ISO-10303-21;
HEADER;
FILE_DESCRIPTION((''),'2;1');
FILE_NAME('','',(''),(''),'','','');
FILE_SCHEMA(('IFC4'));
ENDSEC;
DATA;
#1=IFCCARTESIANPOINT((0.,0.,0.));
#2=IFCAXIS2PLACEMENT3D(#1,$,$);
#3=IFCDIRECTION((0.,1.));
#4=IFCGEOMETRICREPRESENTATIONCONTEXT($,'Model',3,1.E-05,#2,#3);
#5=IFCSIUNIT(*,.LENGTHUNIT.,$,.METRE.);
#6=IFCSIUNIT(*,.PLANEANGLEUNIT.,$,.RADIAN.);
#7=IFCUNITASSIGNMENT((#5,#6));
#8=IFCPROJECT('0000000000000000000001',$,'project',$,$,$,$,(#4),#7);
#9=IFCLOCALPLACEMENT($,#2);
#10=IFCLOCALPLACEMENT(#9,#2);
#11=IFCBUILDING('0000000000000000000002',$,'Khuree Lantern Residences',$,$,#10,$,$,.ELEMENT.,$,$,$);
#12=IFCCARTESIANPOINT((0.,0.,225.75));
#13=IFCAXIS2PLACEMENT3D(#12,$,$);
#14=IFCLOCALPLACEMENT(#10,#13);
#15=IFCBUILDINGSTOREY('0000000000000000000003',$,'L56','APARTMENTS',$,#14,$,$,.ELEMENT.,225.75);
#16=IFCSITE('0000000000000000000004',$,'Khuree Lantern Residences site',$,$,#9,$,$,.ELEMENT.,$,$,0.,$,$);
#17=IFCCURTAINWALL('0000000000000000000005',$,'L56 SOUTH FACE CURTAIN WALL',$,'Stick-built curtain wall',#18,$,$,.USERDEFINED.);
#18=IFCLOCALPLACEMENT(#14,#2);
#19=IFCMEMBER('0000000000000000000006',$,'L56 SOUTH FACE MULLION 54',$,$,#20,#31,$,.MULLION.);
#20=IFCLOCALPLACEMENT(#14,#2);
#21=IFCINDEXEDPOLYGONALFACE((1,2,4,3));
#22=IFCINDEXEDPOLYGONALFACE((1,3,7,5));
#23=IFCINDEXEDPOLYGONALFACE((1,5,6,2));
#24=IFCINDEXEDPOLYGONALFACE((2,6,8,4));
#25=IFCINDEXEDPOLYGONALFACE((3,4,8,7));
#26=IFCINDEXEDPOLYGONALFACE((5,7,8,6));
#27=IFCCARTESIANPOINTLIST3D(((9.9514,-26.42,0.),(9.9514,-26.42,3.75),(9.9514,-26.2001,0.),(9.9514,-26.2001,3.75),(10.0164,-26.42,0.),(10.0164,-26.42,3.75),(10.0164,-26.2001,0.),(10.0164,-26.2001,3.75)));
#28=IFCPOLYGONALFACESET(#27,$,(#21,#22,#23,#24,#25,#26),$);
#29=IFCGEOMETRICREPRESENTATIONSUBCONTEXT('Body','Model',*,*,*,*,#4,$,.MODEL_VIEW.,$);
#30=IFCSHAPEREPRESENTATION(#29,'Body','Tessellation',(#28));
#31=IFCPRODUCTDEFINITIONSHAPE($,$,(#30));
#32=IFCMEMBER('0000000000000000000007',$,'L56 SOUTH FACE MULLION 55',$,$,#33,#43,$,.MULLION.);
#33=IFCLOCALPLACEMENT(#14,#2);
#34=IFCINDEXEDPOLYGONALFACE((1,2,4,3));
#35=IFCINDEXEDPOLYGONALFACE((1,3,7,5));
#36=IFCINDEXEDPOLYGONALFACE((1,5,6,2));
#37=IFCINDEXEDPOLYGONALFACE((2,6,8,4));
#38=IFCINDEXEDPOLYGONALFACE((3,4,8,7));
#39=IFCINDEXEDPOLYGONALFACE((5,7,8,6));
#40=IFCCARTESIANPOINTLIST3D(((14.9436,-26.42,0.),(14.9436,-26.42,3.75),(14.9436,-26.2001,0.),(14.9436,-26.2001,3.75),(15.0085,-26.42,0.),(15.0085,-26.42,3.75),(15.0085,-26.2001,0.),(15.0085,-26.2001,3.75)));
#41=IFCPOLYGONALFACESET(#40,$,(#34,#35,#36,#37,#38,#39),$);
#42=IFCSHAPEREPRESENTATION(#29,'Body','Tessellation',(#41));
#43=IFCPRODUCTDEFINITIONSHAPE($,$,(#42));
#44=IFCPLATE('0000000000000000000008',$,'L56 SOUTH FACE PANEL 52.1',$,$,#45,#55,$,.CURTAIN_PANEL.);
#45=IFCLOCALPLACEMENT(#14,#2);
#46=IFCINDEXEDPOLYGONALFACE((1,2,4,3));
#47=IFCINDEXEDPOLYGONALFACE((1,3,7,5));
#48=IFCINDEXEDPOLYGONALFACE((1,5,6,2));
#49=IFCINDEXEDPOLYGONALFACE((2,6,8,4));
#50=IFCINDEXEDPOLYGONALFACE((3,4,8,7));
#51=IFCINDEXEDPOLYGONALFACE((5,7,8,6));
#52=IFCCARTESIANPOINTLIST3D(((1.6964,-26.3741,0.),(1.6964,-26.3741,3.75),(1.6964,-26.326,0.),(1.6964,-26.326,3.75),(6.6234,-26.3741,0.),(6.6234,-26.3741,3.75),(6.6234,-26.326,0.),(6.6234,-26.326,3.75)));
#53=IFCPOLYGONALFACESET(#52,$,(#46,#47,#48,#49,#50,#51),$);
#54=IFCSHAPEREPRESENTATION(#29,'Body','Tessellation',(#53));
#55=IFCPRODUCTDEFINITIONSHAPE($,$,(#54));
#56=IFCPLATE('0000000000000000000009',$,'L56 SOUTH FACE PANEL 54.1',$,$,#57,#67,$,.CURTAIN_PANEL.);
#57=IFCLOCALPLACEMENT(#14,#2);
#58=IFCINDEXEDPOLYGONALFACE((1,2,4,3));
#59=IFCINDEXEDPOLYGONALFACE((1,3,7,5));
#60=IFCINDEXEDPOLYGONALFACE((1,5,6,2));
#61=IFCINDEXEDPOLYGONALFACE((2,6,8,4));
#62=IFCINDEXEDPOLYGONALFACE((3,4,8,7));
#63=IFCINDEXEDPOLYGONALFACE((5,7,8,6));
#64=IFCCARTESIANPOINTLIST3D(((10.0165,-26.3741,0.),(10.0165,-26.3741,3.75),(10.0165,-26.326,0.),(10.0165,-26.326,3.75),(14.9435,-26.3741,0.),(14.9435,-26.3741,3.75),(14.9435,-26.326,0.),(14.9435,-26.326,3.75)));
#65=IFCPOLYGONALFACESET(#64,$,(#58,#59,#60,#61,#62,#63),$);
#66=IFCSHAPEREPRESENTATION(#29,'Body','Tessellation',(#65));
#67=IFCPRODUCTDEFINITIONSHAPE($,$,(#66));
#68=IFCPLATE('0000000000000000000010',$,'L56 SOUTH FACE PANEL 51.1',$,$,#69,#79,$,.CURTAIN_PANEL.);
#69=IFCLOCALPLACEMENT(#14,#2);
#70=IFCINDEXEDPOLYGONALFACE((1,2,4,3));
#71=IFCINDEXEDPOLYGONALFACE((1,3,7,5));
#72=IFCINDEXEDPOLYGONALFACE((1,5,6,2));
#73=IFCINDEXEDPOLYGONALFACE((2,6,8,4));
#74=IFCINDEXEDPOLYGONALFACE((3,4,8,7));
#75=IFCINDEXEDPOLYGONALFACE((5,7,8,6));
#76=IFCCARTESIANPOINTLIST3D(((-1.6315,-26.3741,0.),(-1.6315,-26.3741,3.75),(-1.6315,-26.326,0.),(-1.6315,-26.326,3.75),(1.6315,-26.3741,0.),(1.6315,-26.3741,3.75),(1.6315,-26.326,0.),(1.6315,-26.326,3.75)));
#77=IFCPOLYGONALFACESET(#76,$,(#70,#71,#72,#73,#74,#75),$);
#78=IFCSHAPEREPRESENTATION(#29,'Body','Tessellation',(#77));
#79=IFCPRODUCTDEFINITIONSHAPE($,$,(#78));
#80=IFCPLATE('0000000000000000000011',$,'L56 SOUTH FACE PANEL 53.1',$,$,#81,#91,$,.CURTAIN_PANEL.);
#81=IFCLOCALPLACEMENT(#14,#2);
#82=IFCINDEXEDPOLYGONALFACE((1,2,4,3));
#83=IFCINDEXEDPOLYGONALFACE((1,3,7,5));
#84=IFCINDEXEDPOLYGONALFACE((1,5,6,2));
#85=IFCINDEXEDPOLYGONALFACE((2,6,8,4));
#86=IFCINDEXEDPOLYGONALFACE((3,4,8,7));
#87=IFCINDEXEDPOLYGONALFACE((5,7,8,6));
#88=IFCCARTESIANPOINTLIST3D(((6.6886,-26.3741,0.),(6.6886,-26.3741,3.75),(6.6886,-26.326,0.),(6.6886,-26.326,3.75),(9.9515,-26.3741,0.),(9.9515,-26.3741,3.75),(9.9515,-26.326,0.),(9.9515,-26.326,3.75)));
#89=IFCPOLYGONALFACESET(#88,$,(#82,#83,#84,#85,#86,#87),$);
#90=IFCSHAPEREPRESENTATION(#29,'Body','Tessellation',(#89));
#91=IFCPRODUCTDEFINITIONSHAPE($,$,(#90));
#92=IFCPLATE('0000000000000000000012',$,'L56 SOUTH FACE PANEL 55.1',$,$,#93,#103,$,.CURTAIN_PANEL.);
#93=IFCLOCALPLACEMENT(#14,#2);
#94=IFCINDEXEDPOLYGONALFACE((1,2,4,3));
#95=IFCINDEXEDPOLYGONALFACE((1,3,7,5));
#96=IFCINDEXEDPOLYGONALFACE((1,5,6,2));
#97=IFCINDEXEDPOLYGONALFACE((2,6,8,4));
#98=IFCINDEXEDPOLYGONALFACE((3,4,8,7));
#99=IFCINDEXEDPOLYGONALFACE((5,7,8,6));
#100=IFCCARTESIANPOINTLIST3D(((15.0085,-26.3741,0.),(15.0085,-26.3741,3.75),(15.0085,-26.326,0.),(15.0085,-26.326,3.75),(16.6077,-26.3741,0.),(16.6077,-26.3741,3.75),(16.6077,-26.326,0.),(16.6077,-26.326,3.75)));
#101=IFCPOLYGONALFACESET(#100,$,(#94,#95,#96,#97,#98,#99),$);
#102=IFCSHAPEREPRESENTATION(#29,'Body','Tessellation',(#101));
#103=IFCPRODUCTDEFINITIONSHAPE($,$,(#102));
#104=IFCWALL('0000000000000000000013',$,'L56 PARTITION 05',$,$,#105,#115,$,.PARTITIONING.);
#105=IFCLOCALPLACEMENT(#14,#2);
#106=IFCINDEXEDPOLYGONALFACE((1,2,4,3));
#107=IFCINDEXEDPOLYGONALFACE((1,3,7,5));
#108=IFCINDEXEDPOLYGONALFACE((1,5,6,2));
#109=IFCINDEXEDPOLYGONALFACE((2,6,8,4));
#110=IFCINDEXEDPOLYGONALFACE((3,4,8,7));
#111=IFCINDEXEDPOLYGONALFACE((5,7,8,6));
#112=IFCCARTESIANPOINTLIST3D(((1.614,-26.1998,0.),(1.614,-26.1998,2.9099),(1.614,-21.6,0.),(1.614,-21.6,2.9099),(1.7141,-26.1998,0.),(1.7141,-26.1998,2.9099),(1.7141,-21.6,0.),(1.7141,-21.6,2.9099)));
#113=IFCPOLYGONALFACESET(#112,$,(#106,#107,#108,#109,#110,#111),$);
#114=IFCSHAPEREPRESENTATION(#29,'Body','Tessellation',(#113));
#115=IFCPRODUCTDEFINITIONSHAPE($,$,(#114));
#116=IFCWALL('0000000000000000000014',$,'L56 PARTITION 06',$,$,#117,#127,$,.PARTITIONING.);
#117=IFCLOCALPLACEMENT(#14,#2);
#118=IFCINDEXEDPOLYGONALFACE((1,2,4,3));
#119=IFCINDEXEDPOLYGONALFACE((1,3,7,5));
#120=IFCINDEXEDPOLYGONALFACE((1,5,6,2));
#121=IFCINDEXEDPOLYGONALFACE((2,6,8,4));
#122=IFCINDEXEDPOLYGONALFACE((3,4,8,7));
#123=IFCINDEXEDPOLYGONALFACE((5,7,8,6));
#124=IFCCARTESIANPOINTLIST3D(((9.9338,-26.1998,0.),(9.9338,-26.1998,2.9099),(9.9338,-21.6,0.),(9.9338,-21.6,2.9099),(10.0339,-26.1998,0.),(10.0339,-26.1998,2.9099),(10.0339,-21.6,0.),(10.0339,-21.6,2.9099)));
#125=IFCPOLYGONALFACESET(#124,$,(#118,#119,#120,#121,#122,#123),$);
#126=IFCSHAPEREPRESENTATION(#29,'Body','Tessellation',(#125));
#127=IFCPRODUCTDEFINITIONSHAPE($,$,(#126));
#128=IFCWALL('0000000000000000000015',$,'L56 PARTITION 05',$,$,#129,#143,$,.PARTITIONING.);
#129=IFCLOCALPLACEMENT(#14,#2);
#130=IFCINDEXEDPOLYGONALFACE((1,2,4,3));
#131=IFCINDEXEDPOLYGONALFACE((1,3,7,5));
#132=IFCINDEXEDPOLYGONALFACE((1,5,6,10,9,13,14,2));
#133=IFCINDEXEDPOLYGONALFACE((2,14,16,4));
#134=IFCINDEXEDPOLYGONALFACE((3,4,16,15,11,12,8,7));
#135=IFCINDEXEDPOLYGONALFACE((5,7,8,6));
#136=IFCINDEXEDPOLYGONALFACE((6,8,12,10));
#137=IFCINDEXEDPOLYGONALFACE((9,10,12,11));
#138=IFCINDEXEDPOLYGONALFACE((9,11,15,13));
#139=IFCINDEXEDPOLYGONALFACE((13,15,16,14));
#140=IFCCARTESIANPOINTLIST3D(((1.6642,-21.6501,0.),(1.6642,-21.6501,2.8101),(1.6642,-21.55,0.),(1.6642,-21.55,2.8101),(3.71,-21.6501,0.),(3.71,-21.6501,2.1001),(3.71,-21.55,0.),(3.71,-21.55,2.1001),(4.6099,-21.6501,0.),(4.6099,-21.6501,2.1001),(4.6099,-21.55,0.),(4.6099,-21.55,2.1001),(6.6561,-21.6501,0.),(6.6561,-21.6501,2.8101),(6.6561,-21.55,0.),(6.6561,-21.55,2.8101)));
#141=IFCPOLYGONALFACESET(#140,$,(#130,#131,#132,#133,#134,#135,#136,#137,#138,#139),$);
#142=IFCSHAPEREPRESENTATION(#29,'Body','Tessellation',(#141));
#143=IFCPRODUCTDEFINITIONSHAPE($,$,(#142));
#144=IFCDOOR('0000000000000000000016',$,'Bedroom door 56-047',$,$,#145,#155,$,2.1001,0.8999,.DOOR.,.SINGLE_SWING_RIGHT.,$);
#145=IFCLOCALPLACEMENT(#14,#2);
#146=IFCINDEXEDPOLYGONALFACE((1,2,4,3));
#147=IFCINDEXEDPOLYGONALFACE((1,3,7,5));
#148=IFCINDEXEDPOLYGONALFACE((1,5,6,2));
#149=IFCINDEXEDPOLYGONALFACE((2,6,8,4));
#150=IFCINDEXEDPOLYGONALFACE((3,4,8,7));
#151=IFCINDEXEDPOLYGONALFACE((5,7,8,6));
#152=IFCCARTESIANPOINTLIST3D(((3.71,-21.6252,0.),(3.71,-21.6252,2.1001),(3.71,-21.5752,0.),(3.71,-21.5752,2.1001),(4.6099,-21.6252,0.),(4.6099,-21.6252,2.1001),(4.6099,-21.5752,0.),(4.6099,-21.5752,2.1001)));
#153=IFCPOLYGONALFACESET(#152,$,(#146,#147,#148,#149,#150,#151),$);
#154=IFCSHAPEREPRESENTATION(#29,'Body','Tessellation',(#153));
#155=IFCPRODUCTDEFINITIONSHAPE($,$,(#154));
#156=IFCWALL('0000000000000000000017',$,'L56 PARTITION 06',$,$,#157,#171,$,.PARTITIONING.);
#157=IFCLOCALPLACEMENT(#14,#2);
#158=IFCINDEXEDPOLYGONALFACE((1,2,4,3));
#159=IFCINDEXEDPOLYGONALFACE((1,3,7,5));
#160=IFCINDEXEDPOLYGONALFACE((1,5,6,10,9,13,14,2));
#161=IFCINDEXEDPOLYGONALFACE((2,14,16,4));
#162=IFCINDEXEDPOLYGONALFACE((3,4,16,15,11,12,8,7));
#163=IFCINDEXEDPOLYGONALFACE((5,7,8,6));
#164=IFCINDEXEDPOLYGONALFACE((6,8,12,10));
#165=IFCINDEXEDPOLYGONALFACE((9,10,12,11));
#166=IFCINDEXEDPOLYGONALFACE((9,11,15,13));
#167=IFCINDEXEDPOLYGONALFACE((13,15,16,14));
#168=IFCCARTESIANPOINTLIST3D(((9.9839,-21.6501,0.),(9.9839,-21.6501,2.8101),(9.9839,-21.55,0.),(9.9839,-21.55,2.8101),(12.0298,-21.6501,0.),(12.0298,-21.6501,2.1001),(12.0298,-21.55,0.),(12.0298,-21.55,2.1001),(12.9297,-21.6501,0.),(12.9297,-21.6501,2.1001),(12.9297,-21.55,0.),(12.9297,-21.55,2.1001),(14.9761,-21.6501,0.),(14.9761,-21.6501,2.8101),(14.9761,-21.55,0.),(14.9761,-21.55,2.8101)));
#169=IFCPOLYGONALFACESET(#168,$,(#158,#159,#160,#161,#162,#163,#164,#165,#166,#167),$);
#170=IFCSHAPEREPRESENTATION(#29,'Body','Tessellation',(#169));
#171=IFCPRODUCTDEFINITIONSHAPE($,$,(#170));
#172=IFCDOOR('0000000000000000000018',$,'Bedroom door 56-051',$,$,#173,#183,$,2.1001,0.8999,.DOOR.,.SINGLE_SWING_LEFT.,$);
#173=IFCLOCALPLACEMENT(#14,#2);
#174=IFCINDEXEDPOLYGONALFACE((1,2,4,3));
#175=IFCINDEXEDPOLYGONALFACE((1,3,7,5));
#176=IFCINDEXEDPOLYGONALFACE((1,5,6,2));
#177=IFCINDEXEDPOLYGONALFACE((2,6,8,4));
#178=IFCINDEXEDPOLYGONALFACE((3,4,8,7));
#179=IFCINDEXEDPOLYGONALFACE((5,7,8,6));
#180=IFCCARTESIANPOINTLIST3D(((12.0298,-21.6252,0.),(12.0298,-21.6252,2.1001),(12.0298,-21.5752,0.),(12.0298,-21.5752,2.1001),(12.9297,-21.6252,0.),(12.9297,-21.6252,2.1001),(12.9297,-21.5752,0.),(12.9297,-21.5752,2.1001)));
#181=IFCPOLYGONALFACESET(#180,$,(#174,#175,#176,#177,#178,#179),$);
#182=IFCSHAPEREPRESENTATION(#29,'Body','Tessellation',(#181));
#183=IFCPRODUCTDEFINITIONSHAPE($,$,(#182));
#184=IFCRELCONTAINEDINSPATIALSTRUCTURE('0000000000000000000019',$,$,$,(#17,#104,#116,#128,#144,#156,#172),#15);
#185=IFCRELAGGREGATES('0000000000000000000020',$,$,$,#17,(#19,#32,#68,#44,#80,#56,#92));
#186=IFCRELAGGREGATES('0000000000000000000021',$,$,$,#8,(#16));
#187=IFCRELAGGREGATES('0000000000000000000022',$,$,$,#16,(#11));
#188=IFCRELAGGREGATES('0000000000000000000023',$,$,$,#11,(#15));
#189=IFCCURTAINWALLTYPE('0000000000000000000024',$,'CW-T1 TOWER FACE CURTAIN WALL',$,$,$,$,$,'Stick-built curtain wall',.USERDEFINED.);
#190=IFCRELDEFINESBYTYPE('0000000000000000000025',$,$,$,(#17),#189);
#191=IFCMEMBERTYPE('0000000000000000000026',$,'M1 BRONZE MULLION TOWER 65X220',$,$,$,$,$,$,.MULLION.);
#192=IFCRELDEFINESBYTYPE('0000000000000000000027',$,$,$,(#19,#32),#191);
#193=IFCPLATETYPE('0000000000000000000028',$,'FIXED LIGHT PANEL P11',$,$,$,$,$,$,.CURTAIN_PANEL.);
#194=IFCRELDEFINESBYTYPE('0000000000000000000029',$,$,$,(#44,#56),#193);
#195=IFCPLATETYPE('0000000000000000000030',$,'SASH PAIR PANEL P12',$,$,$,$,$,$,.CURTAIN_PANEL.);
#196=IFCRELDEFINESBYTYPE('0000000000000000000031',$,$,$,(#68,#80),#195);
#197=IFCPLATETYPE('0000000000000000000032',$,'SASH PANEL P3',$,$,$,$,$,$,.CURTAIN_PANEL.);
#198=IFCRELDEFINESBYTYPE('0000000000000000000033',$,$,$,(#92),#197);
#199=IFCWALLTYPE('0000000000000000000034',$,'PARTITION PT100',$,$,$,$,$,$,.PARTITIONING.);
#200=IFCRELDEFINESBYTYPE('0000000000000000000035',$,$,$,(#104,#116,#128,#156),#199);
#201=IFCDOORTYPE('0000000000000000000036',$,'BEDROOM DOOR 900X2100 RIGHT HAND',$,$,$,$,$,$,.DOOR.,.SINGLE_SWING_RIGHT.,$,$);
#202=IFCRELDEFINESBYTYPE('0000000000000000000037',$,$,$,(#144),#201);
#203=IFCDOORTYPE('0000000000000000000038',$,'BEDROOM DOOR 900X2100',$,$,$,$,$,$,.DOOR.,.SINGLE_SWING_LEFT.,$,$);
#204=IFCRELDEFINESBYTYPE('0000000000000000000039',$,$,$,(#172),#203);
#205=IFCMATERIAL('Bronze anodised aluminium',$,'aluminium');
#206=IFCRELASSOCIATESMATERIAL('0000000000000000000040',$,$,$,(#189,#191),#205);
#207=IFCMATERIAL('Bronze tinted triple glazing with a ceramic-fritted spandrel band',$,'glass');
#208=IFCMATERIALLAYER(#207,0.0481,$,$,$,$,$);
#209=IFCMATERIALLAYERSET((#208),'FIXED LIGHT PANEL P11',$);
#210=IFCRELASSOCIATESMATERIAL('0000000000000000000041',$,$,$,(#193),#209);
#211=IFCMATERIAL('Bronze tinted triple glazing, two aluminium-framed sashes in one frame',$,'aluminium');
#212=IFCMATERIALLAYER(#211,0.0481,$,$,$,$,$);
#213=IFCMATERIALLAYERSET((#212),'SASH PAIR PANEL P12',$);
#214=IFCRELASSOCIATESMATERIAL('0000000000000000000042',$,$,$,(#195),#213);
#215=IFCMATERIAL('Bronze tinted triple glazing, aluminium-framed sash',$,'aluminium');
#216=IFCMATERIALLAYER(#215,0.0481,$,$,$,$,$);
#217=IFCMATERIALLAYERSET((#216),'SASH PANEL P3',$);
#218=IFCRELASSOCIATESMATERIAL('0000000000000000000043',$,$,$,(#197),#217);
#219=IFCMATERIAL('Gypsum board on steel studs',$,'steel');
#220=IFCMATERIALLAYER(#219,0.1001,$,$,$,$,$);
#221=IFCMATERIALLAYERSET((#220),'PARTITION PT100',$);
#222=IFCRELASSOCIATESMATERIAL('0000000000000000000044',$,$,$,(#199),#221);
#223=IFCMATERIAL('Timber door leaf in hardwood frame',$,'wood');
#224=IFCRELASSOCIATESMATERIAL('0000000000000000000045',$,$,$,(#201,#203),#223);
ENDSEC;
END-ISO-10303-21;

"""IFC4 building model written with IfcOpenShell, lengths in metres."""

from ifc_helpers import new_model, si_unit, direction, frame, frame_2d, origin, origin_2d, place, context, subcontext, project, spatial, rectangle, extrude, material, layer, layer_set, material_profile, profile_set, type_object, element, fill, aggregate, save


model = new_model("IFC4")

# Units and contexts
model_context = context("Model", 3, precision=1e-05, world=origin(), true_north=direction((0.0, 1.0)))
body_context = subcontext(model_context, "Body", "Model", "MODEL_VIEW")
ifc_project = project(units=[si_unit("LENGTHUNIT", "METRE"), si_unit("PLANEANGLEUNIT", "RADIAN")], contexts=[model_context])

# Site, building, storey
site_placement = place(None, origin())
site = spatial("IfcSite", under=ifc_project, at=site_placement, Name="Khuree Lantern Residences site", CompositionType="ELEMENT", RefElevation=0.0)
building_placement = place(site_placement, origin())
building = spatial("IfcBuilding", under=site, at=building_placement, Name="Khuree Lantern Residences", CompositionType="ELEMENT")
storey_placement = place(building_placement, frame((0.0, 0.0, 225.75)))
storey = spatial("IfcBuildingStorey", under=building, at=storey_placement, Name="L56", Description="APARTMENTS", CompositionType="ELEMENT", Elevation=225.75)

# Curtain wall
ifc_material_1 = material(Name="Bronze anodised aluminium", Category="aluminium")
curtain_wall_type = type_object("IfcCurtainWallType", Name="CW-T1 TOWER FACE CURTAIN WALL", ElementType="Stick-built curtain wall", PredefinedType="USERDEFINED", material=ifc_material_1)
curtain_wall_placement = place(storey_placement, origin())
curtain_wall = element("IfcCurtainWall", 1, at=curtain_wall_placement, inside=storey, type_object=curtain_wall_type, Name="L56 SOUTH FACE CURTAIN WALL", ObjectType="Stick-built curtain wall", PredefinedType="USERDEFINED")

# Members
ifc_material_profile_1 = material_profile(ifc_material_1, rectangle(XDim=0.0649, YDim=0.22, at=origin_2d()), Name="M1 65X220")
ifc_profile_set_1 = profile_set([ifc_material_profile_1], Name="Bronze anodised aluminium")
member_type_1 = type_object("IfcMemberType", Name="M1 BRONZE MULLION TOWER 65X220", PredefinedType="MULLION", material=ifc_profile_set_1)
member_1_placement = place(storey_placement, frame((9.9839, -26.3101, 0.0), z_axis=(0.0, 0.0, 1.0), x_axis=(1.0, 0.0, 0.0)))
member_1 = element("IfcMember", 2, at=member_1_placement, type_object=member_type_1, Name="L56 SOUTH FACE MULLION 54", PredefinedType="MULLION", context=body_context, shape_type="SweptSolid", body=[
    extrude(rectangle(XDim=0.0649, YDim=0.22, at=origin_2d()), origin(), (0.0, 0.0, 1.0), 3.75),
])
member_2_placement = place(storey_placement, frame((14.9761, -26.3101, 0.0), z_axis=(0.0, 0.0, 1.0), x_axis=(1.0, 0.0, 0.0)))
member_2 = element("IfcMember", 3, at=member_2_placement, type_object=member_type_1, Name="L56 SOUTH FACE MULLION 55", PredefinedType="MULLION", context=body_context, shape_type="SweptSolid", body=[
    extrude(rectangle(XDim=0.0649, YDim=0.22, at=origin_2d()), origin(), (0.0, 0.0, 1.0), 3.75),
])

# Plates
ifc_material_2 = material(Name="Bronze tinted triple glazing with a ceramic-fritted spandrel band", Category="glass")
ifc_layer_1 = layer(ifc_material_2, 0.0481)
ifc_layer_set_1 = layer_set([ifc_layer_1], Name="FIXED LIGHT PANEL P11")
plate_type_1 = type_object("IfcPlateType", Name="FIXED LIGHT PANEL P11", PredefinedType="CURTAIN_PANEL", material=ifc_layer_set_1)
plate_1_placement = place(storey_placement, frame((4.1599, -26.3501, 0.0), z_axis=(0.0, 0.0, 1.0), x_axis=(1.0, 0.0, 0.0)))
plate_1 = element("IfcPlate", 4, at=plate_1_placement, type_object=plate_type_1, Name="L56 SOUTH FACE PANEL 52.1", PredefinedType="CURTAIN_PANEL", context=body_context, shape_type="SweptSolid", body=[
    extrude(rectangle(XDim=4.927, YDim=0.0481, at=origin_2d()), origin(), (0.0, 0.0, 1.0), 3.75),
])
plate_2_placement = place(storey_placement, frame((12.48, -26.3501, 0.0), z_axis=(0.0, 0.0, 1.0), x_axis=(1.0, 0.0, 0.0)))
plate_2 = element("IfcPlate", 5, at=plate_2_placement, type_object=plate_type_1, Name="L56 SOUTH FACE PANEL 54.1", PredefinedType="CURTAIN_PANEL", context=body_context, shape_type="SweptSolid", body=[
    extrude(rectangle(XDim=4.927, YDim=0.0481, at=origin_2d()), origin(), (0.0, 0.0, 1.0), 3.75),
])
ifc_material_3 = material(Name="Bronze tinted triple glazing, two aluminium-framed sashes in one frame", Category="aluminium")
ifc_layer_2 = layer(ifc_material_3, 0.0481)
ifc_layer_set_2 = layer_set([ifc_layer_2], Name="SASH PAIR PANEL P12")
plate_type_2 = type_object("IfcPlateType", Name="SASH PAIR PANEL P12", PredefinedType="CURTAIN_PANEL", material=ifc_layer_set_2)
plate_3_placement = place(storey_placement, frame((0.0, -26.3501, 0.0), z_axis=(0.0, 0.0, 1.0), x_axis=(1.0, 0.0, 0.0)))
plate_3 = element("IfcPlate", 6, at=plate_3_placement, type_object=plate_type_2, Name="L56 SOUTH FACE PANEL 51.1", PredefinedType="CURTAIN_PANEL", context=body_context, shape_type="SweptSolid", body=[
    extrude(rectangle(XDim=3.2629, YDim=0.0481, at=origin_2d()), origin(), (0.0, 0.0, 1.0), 3.75),
])
plate_4_placement = place(storey_placement, frame((8.3201, -26.3501, 0.0), z_axis=(0.0, 0.0, 1.0), x_axis=(1.0, 0.0, 0.0)))
plate_4 = element("IfcPlate", 7, at=plate_4_placement, type_object=plate_type_2, Name="L56 SOUTH FACE PANEL 53.1", PredefinedType="CURTAIN_PANEL", context=body_context, shape_type="SweptSolid", body=[
    extrude(rectangle(XDim=3.2629, YDim=0.0481, at=origin_2d()), origin(), (0.0, 0.0, 1.0), 3.75),
])
ifc_material_4 = material(Name="Bronze tinted triple glazing, aluminium-framed sash", Category="aluminium")
ifc_layer_3 = layer(ifc_material_4, 0.0481)
ifc_layer_set_3 = layer_set([ifc_layer_3], Name="SASH PANEL P3")
plate_type_3 = type_object("IfcPlateType", Name="SASH PANEL P3", PredefinedType="CURTAIN_PANEL", material=ifc_layer_set_3)
plate_5_placement = place(storey_placement, frame((15.8081, -26.3501, 0.0), z_axis=(0.0, 0.0, 1.0), x_axis=(1.0, 0.0, 0.0)))
plate_5 = element("IfcPlate", 8, at=plate_5_placement, type_object=plate_type_3, Name="L56 SOUTH FACE PANEL 55.1", PredefinedType="CURTAIN_PANEL", context=body_context, shape_type="SweptSolid", body=[
    extrude(rectangle(XDim=1.5991, YDim=0.0481, at=origin_2d()), origin(), (0.0, 0.0, 1.0), 3.75),
])
aggregate(curtain_wall, [member_1, member_2, plate_3, plate_1, plate_4, plate_2, plate_5])

# Walls
ifc_material_5 = material(Name="Gypsum board on steel studs", Category="steel")
ifc_layer_4 = layer(ifc_material_5, 0.1001)
ifc_layer_set_4 = layer_set([ifc_layer_4], Name="PARTITION PT100")
wall_type = type_object("IfcWallType", Name="PARTITION PT100", PredefinedType="PARTITIONING", material=ifc_layer_set_4)
for number, where, z_axis, x_axis, name in (
    (9, (1.6641, -21.6001, 0.0), (0.0, 0.0, 1.0), (0.0, -1.0, 0.0), "L56 PARTITION 05"),
    (10, (9.9839, -21.6001, 0.0), (0.0, 0.0, 1.0), (0.0, -1.0, 0.0), "L56 PARTITION 06"),
):
    element("IfcWall", number, at=place(storey_placement, frame(where, z_axis=z_axis, x_axis=x_axis)), inside=storey, type_object=wall_type, Name=name, PredefinedType="PARTITIONING", context=body_context, shape_type="SweptSolid", body=[
        extrude(rectangle(XDim=4.5999, YDim=0.1001, at=frame_2d((2.2998, 0.0))), origin(), (0.0, 0.0, 1.0), 2.9099),
    ])

# Walls, openings, doors
wall_1_placement = place(storey_placement, frame((1.6641, -21.6001, 0.0), z_axis=(0.0, 0.0, 1.0), x_axis=(1.0, 0.0, 0.0)))
wall_1 = element("IfcWall", 11, at=wall_1_placement, inside=storey, type_object=wall_type, Name="L56 PARTITION 05", PredefinedType="PARTITIONING", context=body_context, shape_type="SweptSolid", body=[
    extrude(rectangle(XDim=4.9919, YDim=0.1001, at=frame_2d((2.4961, 0.0))), origin(), (0.0, 0.0, 1.0), 2.8101),
])
opening_1_placement = place(wall_1_placement, frame((2.0459, 0.0, 0.0)))
opening_1 = element("IfcOpeningElement", 12, at=opening_1_placement, cuts=wall_1, PredefinedType="OPENING", context=body_context, shape_type="SweptSolid", body=[
    extrude(rectangle(XDim=0.8999, YDim=2.1001, at=frame_2d((0.45, 1.05))), frame((0.0, 0.0601, 0.0), z_axis=(0.0, -1.0, 0.0), x_axis=(1.0, 0.0, 0.0)), (0.0, 0.0, 1.0), 0.1201),
])
ifc_material_6 = material(Name="Timber door leaf in hardwood frame", Category="wood")
door_type_1 = type_object("IfcDoorType", Name="BEDROOM DOOR 900X2100 RIGHT HAND", OperationType="SINGLE_SWING_RIGHT", PredefinedType="DOOR", material=ifc_material_6)
door_1_placement = place(opening_1_placement, origin())
door_1 = element("IfcDoor", 13, at=door_1_placement, inside=storey, type_object=door_type_1, Name="Bedroom door 56-047", OperationType="SINGLE_SWING_RIGHT", OverallHeight=2.1001, OverallWidth=0.8999, PredefinedType="DOOR", context=body_context, shape_type="SweptSolid", body=[
    extrude(rectangle(XDim=0.8999, YDim=2.1001, at=frame_2d((0.45, 1.05))), frame((0.0, 0.0249, 0.0), z_axis=(0.0, -1.0, 0.0), x_axis=(1.0, 0.0, 0.0)), (0.0, 0.0, 1.0), 0.05),
])
fill(opening_1, door_1)
wall_2_placement = place(storey_placement, frame((9.9839, -21.6001, 0.0), z_axis=(0.0, 0.0, 1.0), x_axis=(1.0, 0.0, 0.0)))
wall_2 = element("IfcWall", 14, at=wall_2_placement, inside=storey, type_object=wall_type, Name="L56 PARTITION 06", PredefinedType="PARTITIONING", context=body_context, shape_type="SweptSolid", body=[
    extrude(rectangle(XDim=4.9922, YDim=0.1001, at=frame_2d((2.4961, 0.0))), origin(), (0.0, 0.0, 1.0), 2.8101),
])
opening_2_placement = place(wall_2_placement, frame((2.0459, 0.0, 0.0)))
opening_2 = element("IfcOpeningElement", 15, at=opening_2_placement, cuts=wall_2, PredefinedType="OPENING", context=body_context, shape_type="SweptSolid", body=[
    extrude(rectangle(XDim=0.8999, YDim=2.1001, at=frame_2d((0.45, 1.05))), frame((0.0, 0.0601, 0.0), z_axis=(0.0, -1.0, 0.0), x_axis=(1.0, 0.0, 0.0)), (0.0, 0.0, 1.0), 0.1201),
])
door_type_2 = type_object("IfcDoorType", Name="BEDROOM DOOR 900X2100", OperationType="SINGLE_SWING_LEFT", PredefinedType="DOOR", material=ifc_material_6)
door_2_placement = place(opening_2_placement, origin())
door_2 = element("IfcDoor", 16, at=door_2_placement, inside=storey, type_object=door_type_2, Name="Bedroom door 56-051", OperationType="SINGLE_SWING_LEFT", OverallHeight=2.1001, OverallWidth=0.8999, PredefinedType="DOOR", context=body_context, shape_type="SweptSolid", body=[
    extrude(rectangle(XDim=0.8999, YDim=2.1001, at=frame_2d((0.45, 1.05))), frame((0.0, 0.0249, 0.0), z_axis=(0.0, -1.0, 0.0), x_axis=(1.0, 0.0, 0.0)), (0.0, 0.0, 1.0), 0.05),
])
fill(opening_2, door_2)

save(model, "model.ifc")
